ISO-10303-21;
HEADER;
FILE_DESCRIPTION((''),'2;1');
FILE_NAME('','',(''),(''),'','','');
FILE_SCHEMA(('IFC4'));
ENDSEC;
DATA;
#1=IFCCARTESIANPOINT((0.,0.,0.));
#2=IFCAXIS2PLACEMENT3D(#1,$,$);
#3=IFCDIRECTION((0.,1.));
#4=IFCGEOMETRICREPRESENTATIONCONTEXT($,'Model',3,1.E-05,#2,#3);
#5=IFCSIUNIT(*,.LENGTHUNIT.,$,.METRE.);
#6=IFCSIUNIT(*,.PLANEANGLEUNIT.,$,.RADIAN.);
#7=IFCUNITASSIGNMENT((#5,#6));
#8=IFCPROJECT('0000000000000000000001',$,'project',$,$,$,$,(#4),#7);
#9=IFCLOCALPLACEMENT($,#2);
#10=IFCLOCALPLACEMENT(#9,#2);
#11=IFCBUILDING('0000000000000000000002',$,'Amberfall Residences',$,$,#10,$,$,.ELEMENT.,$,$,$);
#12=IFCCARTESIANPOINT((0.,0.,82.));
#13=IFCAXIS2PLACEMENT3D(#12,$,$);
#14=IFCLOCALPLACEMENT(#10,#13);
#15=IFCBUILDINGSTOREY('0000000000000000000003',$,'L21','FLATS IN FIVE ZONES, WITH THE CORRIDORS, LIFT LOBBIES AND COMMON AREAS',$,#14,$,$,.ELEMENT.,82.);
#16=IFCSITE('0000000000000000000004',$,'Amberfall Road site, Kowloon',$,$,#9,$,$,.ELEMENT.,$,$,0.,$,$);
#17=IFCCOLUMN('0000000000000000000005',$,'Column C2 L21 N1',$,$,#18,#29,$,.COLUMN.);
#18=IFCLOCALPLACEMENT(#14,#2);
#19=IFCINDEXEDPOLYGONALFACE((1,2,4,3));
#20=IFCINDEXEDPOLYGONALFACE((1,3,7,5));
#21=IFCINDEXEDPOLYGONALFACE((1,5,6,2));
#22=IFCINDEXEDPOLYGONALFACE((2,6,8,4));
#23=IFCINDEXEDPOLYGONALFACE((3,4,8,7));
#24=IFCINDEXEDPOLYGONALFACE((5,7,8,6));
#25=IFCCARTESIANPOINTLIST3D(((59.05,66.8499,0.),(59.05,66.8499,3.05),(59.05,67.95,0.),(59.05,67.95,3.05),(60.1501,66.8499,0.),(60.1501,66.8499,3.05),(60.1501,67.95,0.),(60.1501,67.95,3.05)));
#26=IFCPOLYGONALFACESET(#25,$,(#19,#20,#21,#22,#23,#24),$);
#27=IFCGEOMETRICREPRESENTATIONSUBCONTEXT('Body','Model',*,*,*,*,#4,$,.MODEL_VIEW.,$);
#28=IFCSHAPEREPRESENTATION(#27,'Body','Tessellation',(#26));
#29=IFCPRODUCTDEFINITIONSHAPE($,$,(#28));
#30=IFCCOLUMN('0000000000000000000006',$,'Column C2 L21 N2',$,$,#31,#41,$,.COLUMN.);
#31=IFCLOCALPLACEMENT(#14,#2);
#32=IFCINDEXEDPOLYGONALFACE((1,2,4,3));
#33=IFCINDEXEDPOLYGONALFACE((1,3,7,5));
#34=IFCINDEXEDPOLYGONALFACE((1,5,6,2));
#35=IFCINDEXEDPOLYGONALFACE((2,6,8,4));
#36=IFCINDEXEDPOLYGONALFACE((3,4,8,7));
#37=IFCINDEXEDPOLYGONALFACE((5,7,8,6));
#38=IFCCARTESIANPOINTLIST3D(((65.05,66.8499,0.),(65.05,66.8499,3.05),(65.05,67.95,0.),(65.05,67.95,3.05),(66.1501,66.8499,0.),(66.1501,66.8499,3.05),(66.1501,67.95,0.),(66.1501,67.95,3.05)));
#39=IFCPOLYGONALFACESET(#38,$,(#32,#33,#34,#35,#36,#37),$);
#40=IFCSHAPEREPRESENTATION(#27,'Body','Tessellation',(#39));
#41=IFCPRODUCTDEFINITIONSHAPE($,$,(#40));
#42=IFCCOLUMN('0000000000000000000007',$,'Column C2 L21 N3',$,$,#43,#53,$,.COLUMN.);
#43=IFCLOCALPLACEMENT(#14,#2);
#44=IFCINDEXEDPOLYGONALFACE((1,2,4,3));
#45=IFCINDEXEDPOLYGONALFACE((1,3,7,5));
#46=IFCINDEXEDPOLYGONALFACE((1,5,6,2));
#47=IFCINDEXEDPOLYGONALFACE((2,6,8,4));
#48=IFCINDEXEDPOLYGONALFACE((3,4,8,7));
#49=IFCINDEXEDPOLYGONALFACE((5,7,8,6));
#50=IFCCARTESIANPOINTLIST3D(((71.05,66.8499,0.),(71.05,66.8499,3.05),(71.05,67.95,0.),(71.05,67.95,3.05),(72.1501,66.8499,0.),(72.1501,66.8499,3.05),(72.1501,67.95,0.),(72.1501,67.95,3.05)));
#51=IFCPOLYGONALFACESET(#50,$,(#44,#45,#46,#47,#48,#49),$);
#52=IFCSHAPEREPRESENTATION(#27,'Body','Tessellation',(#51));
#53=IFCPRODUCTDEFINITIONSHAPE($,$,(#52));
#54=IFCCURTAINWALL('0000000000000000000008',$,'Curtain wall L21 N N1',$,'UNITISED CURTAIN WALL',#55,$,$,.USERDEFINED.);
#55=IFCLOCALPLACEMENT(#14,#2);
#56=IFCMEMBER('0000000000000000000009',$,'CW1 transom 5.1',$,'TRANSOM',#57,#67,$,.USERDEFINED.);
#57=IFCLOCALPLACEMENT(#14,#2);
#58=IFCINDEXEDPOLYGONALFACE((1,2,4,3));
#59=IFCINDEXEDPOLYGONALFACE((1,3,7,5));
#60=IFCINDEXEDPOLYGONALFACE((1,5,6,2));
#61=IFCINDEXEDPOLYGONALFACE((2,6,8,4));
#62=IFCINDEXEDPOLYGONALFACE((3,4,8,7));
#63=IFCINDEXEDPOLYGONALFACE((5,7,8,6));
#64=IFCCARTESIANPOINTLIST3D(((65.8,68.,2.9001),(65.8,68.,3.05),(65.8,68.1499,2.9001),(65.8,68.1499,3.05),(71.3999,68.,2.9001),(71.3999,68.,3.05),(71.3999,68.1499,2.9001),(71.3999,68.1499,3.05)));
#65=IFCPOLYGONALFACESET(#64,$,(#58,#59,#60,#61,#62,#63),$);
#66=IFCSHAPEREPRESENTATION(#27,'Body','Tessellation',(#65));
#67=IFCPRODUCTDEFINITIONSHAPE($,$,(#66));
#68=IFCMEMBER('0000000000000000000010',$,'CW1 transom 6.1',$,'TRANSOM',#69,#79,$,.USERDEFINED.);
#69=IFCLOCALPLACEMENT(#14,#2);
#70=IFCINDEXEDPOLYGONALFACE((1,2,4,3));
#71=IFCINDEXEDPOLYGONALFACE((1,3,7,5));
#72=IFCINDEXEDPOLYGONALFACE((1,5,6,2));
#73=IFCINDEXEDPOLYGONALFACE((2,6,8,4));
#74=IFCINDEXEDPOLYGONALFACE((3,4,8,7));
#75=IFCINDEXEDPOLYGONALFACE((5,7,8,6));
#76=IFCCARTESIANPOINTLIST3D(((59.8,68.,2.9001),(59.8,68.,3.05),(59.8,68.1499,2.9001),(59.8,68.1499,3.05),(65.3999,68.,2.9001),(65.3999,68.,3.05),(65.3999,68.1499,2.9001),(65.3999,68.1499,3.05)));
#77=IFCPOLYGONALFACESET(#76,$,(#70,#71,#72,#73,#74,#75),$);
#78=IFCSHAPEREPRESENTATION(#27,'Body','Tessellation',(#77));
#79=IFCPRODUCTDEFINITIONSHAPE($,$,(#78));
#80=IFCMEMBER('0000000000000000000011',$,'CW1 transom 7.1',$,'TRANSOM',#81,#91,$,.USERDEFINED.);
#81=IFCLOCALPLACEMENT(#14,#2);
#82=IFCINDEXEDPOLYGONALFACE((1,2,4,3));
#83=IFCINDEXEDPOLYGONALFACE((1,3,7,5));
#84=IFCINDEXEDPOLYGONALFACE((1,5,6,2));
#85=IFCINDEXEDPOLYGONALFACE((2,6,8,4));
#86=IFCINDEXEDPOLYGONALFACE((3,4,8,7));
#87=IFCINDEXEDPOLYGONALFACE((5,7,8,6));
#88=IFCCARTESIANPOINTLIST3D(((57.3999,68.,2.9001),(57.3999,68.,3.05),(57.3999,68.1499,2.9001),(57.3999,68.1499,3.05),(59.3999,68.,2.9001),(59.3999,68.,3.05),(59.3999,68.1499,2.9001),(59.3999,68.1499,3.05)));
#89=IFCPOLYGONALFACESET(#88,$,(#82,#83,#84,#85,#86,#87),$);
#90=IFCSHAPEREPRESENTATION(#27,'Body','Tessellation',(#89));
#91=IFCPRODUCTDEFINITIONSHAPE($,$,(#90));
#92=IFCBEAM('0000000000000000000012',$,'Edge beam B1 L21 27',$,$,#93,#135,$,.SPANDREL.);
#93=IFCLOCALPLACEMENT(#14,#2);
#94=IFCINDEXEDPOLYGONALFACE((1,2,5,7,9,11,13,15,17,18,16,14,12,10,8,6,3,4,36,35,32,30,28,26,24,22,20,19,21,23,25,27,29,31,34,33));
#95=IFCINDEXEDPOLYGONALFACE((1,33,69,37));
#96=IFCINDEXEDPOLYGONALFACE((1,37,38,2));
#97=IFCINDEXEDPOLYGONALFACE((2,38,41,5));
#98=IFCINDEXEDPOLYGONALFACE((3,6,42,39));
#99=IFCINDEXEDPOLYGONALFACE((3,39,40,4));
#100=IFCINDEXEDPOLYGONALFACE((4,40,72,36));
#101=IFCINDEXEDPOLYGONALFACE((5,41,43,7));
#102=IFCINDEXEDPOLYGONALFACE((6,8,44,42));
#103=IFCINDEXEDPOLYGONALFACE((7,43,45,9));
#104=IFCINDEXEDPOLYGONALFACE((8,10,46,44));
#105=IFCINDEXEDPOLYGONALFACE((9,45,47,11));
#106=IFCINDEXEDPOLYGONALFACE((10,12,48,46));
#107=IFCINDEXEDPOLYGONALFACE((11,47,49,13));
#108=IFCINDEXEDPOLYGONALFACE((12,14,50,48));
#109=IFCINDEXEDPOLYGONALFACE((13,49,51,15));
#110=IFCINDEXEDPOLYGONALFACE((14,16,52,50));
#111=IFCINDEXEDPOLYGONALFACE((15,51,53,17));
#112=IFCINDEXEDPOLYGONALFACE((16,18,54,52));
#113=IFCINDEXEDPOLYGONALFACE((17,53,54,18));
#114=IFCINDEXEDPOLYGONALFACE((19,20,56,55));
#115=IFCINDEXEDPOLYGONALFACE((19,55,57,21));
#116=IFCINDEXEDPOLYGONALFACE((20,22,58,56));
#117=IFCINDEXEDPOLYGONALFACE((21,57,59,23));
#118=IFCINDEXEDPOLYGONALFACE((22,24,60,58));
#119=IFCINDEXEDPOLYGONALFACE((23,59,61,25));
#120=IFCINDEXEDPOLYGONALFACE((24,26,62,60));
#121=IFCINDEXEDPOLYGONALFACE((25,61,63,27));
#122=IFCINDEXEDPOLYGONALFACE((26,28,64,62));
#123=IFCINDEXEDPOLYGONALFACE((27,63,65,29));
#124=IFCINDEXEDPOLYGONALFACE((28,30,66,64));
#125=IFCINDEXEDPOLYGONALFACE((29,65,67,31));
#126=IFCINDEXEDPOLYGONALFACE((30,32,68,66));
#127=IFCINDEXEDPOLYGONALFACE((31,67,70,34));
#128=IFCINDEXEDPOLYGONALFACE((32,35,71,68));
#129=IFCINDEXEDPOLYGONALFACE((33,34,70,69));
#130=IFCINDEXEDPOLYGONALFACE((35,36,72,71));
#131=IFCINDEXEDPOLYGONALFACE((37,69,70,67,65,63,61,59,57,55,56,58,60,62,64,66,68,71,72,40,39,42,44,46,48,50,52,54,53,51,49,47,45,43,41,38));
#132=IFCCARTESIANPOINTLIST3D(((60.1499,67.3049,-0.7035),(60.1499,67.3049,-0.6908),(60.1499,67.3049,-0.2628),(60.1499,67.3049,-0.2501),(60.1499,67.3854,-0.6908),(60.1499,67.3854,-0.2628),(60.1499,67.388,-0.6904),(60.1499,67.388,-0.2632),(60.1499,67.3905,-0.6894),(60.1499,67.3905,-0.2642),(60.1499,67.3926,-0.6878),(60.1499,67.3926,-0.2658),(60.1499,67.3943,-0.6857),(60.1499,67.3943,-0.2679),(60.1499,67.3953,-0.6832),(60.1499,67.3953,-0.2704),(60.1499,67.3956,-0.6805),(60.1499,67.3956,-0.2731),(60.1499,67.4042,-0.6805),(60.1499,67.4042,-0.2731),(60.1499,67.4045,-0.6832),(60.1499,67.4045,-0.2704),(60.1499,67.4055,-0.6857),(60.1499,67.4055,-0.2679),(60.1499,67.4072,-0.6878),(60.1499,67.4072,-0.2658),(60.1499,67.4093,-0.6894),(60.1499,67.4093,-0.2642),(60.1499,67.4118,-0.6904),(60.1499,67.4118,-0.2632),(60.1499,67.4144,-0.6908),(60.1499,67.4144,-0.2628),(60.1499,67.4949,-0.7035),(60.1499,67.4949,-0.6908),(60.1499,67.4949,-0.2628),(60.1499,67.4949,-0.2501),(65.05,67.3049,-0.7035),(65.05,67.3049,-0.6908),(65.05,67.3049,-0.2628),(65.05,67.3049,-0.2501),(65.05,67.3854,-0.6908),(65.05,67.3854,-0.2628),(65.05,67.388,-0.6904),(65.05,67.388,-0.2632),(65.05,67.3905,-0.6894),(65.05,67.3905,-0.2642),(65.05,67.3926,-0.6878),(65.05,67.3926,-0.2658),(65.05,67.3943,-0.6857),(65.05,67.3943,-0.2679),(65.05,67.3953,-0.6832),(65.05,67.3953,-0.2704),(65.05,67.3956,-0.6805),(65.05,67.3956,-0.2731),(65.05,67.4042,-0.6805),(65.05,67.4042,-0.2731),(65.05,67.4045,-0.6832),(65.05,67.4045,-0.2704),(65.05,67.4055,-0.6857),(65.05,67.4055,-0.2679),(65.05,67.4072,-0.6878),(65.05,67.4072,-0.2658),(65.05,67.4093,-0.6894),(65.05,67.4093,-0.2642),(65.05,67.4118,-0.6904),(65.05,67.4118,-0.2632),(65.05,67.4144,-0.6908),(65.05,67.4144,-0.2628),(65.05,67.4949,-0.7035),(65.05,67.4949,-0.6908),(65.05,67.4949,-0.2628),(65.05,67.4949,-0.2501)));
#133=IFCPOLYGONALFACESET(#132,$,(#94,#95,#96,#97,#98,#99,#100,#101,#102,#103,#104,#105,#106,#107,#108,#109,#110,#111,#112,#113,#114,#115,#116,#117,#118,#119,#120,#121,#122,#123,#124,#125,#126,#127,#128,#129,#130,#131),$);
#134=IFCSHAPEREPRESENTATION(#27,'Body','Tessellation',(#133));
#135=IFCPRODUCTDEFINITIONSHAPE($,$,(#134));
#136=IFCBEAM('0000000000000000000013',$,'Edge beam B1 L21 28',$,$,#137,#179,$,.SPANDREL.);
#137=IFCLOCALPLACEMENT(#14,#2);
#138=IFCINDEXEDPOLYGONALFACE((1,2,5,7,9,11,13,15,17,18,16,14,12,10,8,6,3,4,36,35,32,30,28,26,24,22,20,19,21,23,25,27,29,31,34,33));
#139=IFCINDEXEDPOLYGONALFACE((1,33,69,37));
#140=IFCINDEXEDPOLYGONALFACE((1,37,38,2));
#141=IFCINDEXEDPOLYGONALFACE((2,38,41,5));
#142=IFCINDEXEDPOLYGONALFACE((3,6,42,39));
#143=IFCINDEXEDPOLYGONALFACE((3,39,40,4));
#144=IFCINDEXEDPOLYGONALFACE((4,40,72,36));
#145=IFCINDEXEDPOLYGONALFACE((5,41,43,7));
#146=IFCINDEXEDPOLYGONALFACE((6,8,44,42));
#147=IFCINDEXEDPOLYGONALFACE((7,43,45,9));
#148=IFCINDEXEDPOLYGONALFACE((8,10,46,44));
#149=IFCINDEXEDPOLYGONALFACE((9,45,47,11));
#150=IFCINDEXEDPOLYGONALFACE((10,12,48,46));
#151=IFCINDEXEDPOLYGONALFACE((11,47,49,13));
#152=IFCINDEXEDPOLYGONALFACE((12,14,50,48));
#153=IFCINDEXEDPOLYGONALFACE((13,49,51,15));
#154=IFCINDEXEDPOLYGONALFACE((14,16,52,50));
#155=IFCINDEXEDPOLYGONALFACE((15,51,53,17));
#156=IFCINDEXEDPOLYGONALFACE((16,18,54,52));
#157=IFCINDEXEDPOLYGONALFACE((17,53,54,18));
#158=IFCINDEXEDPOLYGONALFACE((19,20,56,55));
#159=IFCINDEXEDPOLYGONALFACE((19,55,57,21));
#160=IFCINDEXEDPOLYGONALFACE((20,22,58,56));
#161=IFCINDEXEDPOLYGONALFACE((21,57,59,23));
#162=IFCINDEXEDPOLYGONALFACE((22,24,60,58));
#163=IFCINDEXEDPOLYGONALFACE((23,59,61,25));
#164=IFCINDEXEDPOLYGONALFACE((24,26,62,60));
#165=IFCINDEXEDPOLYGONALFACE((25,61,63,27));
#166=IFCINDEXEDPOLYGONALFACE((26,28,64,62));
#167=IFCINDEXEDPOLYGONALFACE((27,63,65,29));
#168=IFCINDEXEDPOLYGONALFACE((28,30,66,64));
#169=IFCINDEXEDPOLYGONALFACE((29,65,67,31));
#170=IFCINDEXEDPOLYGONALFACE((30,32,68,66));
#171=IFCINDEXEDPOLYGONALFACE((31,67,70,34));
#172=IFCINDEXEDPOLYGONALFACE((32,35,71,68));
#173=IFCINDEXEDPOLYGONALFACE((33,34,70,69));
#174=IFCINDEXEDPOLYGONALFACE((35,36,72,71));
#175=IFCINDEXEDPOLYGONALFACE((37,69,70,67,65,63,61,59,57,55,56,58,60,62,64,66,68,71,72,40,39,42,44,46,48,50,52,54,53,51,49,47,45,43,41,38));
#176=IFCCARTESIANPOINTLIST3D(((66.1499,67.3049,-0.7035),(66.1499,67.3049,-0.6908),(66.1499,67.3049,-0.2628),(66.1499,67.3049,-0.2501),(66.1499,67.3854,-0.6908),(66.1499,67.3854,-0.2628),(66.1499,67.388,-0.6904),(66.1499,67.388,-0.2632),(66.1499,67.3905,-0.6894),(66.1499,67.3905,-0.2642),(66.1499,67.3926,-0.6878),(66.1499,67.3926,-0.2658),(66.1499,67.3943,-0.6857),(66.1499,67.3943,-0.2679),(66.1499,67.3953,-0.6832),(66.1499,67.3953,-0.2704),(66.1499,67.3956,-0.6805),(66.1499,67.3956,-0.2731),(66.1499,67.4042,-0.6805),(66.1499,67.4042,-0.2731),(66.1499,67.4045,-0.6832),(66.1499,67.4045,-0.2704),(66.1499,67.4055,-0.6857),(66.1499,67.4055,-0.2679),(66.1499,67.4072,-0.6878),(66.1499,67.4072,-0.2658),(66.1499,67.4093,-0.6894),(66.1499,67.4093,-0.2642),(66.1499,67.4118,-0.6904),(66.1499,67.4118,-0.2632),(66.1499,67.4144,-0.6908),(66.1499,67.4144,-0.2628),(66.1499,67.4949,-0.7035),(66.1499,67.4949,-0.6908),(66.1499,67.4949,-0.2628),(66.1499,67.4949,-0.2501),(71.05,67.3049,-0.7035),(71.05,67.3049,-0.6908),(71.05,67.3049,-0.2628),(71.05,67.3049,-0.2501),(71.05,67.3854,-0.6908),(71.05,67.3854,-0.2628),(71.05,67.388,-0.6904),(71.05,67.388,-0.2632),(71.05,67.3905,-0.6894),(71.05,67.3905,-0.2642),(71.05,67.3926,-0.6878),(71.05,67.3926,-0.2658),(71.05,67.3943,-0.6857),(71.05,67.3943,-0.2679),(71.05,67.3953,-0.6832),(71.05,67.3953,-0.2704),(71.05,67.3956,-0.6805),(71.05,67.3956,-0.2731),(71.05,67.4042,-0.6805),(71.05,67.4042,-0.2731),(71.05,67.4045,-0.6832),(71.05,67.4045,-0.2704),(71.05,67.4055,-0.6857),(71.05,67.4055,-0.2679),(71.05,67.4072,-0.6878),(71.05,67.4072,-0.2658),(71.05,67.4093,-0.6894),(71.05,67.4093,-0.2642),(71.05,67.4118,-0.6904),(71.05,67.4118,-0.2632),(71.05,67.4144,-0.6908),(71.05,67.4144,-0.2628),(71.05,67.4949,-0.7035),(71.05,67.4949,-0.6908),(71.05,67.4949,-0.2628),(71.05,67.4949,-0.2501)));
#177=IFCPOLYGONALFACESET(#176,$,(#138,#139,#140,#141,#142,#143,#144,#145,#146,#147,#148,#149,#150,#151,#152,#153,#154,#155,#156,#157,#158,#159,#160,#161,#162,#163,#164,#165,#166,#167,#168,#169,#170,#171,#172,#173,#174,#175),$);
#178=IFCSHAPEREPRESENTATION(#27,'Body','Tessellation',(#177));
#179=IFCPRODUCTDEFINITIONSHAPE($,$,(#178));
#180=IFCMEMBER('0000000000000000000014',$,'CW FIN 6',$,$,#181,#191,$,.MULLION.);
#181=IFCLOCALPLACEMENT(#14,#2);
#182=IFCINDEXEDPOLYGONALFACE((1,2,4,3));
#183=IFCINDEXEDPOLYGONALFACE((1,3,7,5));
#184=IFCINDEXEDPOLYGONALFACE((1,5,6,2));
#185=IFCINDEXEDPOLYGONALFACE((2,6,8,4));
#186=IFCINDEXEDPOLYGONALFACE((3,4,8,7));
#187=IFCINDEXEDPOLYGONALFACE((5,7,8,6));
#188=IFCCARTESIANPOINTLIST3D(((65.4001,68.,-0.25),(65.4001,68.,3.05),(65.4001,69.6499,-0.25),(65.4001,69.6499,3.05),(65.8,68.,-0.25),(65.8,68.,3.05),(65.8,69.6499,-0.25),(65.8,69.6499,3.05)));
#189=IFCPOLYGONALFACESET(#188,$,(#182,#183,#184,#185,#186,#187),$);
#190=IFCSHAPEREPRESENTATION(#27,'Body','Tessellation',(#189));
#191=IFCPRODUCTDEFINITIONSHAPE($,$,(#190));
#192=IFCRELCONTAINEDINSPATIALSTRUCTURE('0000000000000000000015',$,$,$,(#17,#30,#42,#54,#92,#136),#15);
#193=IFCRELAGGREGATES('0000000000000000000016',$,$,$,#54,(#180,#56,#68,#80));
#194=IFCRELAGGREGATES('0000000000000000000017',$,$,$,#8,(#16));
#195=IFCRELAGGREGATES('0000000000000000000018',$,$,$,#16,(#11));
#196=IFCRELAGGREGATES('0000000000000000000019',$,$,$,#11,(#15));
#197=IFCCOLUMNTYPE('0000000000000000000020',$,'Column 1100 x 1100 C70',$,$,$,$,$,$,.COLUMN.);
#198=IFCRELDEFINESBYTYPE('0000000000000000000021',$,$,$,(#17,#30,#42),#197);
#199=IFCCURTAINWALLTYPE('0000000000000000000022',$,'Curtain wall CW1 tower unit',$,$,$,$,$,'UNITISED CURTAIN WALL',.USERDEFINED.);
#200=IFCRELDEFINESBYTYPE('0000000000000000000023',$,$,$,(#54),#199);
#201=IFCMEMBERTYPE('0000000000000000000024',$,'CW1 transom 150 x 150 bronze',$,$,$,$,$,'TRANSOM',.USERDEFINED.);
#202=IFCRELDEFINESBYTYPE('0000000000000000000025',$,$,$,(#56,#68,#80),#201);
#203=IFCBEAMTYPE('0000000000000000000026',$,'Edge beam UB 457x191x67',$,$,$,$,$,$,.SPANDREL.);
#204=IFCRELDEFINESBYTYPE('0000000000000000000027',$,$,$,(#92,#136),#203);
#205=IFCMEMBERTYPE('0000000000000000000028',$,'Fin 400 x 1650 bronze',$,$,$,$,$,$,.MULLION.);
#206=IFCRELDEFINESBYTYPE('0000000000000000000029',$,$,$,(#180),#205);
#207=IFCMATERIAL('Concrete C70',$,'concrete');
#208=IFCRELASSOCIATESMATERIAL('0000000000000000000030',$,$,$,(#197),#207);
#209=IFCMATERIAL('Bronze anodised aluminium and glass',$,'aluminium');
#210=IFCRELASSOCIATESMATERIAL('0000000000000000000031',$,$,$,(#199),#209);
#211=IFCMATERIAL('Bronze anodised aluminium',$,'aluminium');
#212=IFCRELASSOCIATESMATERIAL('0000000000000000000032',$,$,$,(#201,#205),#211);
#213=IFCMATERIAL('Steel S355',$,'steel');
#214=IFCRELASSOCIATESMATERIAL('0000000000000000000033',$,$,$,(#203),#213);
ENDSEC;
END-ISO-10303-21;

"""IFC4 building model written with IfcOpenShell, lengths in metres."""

from ifc_helpers import new_model, si_unit, direction, frame, origin, origin_2d, place, context, subcontext, project, spatial, rectangle, i_section, extrude, material, material_profile, profile_set, type_object, element, aggregate, save


model = new_model("IFC4")

# Units and contexts
model_context = context("Model", 3, precision=1e-05, world=origin(), true_north=direction((0.0, 1.0)))
body_context = subcontext(model_context, "Body", "Model", "MODEL_VIEW")
ifc_project = project(units=[si_unit("LENGTHUNIT", "METRE"), si_unit("PLANEANGLEUNIT", "RADIAN")], contexts=[model_context])

# Site, building, storey
site_placement = place(None, origin())
site = spatial("IfcSite", under=ifc_project, at=site_placement, Name="Amberfall Road site, Kowloon", CompositionType="ELEMENT", RefElevation=0.0)
building_placement = place(site_placement, origin())
building = spatial("IfcBuilding", under=site, at=building_placement, Name="Amberfall Residences", CompositionType="ELEMENT")
storey_placement = place(building_placement, frame((0.0, 0.0, 82.0)))
storey = spatial("IfcBuildingStorey", under=building, at=storey_placement, Name="L21", Description="FLATS IN FIVE ZONES, WITH THE CORRIDORS, LIFT LOBBIES AND COMMON AREAS", CompositionType="ELEMENT", Elevation=82.0)

# Columns
ifc_material_1 = material(Name="Concrete C70", Category="concrete")
ifc_material_profile_1 = material_profile(ifc_material_1, rectangle(XDim=1.1001, YDim=1.1001, at=origin_2d()), Name="Column 1100 x 1100 C70")
ifc_profile_set_1 = profile_set([ifc_material_profile_1], Name="Concrete C70")
column_type = type_object("IfcColumnType", Name="Column 1100 x 1100 C70", PredefinedType="COLUMN", material=ifc_profile_set_1)
for number, where, z_axis, x_axis, name in (
    (1, (59.6001, 67.3999, 0.0), (0.0, 0.0, 1.0), (1.0, 0.0, 0.0), "Column C2 L21 N1"),
    (2, (65.6001, 67.3999, 0.0), (0.0, 0.0, 1.0), (1.0, 0.0, 0.0), "Column C2 L21 N2"),
    (3, (71.6001, 67.3999, 0.0), (0.0, 0.0, 1.0), (1.0, 0.0, 0.0), "Column C2 L21 N3"),
):
    element("IfcColumn", number, at=place(storey_placement, frame(where, z_axis=z_axis, x_axis=x_axis)), inside=storey, type_object=column_type, Name=name, PredefinedType="COLUMN", context=body_context, shape_type="SweptSolid", body=[
        extrude(rectangle(XDim=1.1001, YDim=1.1001, at=origin_2d()), origin(), (0.0, 0.0, 1.0), 3.05),
    ])

# Curtain wall, members
ifc_material_2 = material(Name="Bronze anodised aluminium and glass", Category="aluminium")
curtain_wall_type = type_object("IfcCurtainWallType", Name="Curtain wall CW1 tower unit", ElementType="UNITISED CURTAIN WALL", PredefinedType="USERDEFINED", material=ifc_material_2)
curtain_wall_placement = place(storey_placement, origin())
curtain_wall = element("IfcCurtainWall", 4, at=curtain_wall_placement, inside=storey, type_object=curtain_wall_type, Name="Curtain wall L21 N N1", ObjectType="UNITISED CURTAIN WALL", PredefinedType="USERDEFINED")
ifc_material_3 = material(Name="Bronze anodised aluminium", Category="aluminium")
ifc_material_profile_2 = material_profile(ifc_material_3, rectangle(XDim=0.1499, YDim=0.1499, at=origin_2d()), Name="CW1 transom 150 x 150 bronze")
ifc_profile_set_2 = profile_set([ifc_material_profile_2], Name="Bronze anodised aluminium")
member_type_1 = type_object("IfcMemberType", Name="CW1 transom 150 x 150 bronze", ElementType="TRANSOM", PredefinedType="USERDEFINED", material=ifc_profile_set_2)
member_1_placement = place(storey_placement, frame((71.3999, 68.075, 2.9751), z_axis=(-1.0, 0.0, 0.0), x_axis=(0.0, -1.0, 0.0)))
member_1 = element("IfcMember", 5, at=member_1_placement, type_object=member_type_1, Name="CW1 transom 5.1", ObjectType="TRANSOM", PredefinedType="USERDEFINED", context=body_context, shape_type="SweptSolid", body=[
    extrude(rectangle(XDim=0.1499, YDim=0.1499, at=origin_2d()), origin(), (0.0, 0.0, 1.0), 5.5999),
])
member_2_placement = place(storey_placement, frame((65.3999, 68.075, 2.9751), z_axis=(-1.0, 0.0, 0.0), x_axis=(0.0, -1.0, 0.0)))
member_2 = element("IfcMember", 6, at=member_2_placement, type_object=member_type_1, Name="CW1 transom 6.1", ObjectType="TRANSOM", PredefinedType="USERDEFINED", context=body_context, shape_type="SweptSolid", body=[
    extrude(rectangle(XDim=0.1499, YDim=0.1499, at=origin_2d()), origin(), (0.0, 0.0, 1.0), 5.5999),
])
member_3_placement = place(storey_placement, frame((59.3999, 68.075, 2.9751), z_axis=(-1.0, 0.0, 0.0), x_axis=(0.0, -1.0, 0.0)))
member_3 = element("IfcMember", 7, at=member_3_placement, type_object=member_type_1, Name="CW1 transom 7.1", ObjectType="TRANSOM", PredefinedType="USERDEFINED", context=body_context, shape_type="SweptSolid", body=[
    extrude(rectangle(XDim=0.1499, YDim=0.1499, at=origin_2d()), origin(), (0.0, 0.0, 1.0), 2.0),
])

# Beams
ifc_material_4 = material(Name="Steel S355", Category="steel")
ifc_material_profile_3 = material_profile(ifc_material_4, i_section(OverallWidth=0.1899, OverallDepth=0.4534, WebThickness=0.0085, FlangeThickness=0.0127, FilletRadius=0.0103, at=origin_2d()), Name="UB 457x191x67")
ifc_profile_set_3 = profile_set([ifc_material_profile_3], Name="Steel S355")
beam_type_1 = type_object("IfcBeamType", Name="Edge beam UB 457x191x67", PredefinedType="SPANDREL", material=ifc_profile_set_3)
for number, where, z_axis, x_axis, name in (
    (8, (60.1499, 67.3999, -0.4768), (1.0, 0.0, 0.0), (0.0, 1.0, 0.0), "Edge beam B1 L21 27"),
    (9, (66.1499, 67.3999, -0.4768), (1.0, 0.0, 0.0), (0.0, 1.0, 0.0), "Edge beam B1 L21 28"),
):
    element("IfcBeam", number, at=place(storey_placement, frame(where, z_axis=z_axis, x_axis=x_axis)), inside=storey, type_object=beam_type_1, Name=name, PredefinedType="SPANDREL", context=body_context, shape_type="SweptSolid", body=[
        extrude(i_section(OverallWidth=0.1899, OverallDepth=0.4534, WebThickness=0.0085, FlangeThickness=0.0127, FilletRadius=0.0103, at=origin_2d()), origin(), (0.0, 0.0, 1.0), 4.9001),
    ])

# Member
ifc_material_profile_4 = material_profile(ifc_material_3, rectangle(XDim=1.6499, YDim=0.3999, at=origin_2d()), Name="Fin 400 x 1650 bronze")
ifc_profile_set_4 = profile_set([ifc_material_profile_4], Name="Bronze anodised aluminium")
member_type_2 = type_object("IfcMemberType", Name="Fin 400 x 1650 bronze", PredefinedType="MULLION", material=ifc_profile_set_4)
member_4_placement = place(storey_placement, frame((65.6001, 68.825, -0.25), z_axis=(0.0, 0.0, 1.0), x_axis=(0.0, -1.0, 0.0)))
member_4 = element("IfcMember", 10, at=member_4_placement, type_object=member_type_2, Name="CW FIN 6", PredefinedType="MULLION", context=body_context, shape_type="SweptSolid", body=[
    extrude(rectangle(XDim=1.6499, YDim=0.3999, at=origin_2d()), origin(), (0.0, 0.0, 1.0), 3.3),
])

aggregate(curtain_wall, [member_4, member_1, member_2, member_3])

save(model, "model.ifc")
